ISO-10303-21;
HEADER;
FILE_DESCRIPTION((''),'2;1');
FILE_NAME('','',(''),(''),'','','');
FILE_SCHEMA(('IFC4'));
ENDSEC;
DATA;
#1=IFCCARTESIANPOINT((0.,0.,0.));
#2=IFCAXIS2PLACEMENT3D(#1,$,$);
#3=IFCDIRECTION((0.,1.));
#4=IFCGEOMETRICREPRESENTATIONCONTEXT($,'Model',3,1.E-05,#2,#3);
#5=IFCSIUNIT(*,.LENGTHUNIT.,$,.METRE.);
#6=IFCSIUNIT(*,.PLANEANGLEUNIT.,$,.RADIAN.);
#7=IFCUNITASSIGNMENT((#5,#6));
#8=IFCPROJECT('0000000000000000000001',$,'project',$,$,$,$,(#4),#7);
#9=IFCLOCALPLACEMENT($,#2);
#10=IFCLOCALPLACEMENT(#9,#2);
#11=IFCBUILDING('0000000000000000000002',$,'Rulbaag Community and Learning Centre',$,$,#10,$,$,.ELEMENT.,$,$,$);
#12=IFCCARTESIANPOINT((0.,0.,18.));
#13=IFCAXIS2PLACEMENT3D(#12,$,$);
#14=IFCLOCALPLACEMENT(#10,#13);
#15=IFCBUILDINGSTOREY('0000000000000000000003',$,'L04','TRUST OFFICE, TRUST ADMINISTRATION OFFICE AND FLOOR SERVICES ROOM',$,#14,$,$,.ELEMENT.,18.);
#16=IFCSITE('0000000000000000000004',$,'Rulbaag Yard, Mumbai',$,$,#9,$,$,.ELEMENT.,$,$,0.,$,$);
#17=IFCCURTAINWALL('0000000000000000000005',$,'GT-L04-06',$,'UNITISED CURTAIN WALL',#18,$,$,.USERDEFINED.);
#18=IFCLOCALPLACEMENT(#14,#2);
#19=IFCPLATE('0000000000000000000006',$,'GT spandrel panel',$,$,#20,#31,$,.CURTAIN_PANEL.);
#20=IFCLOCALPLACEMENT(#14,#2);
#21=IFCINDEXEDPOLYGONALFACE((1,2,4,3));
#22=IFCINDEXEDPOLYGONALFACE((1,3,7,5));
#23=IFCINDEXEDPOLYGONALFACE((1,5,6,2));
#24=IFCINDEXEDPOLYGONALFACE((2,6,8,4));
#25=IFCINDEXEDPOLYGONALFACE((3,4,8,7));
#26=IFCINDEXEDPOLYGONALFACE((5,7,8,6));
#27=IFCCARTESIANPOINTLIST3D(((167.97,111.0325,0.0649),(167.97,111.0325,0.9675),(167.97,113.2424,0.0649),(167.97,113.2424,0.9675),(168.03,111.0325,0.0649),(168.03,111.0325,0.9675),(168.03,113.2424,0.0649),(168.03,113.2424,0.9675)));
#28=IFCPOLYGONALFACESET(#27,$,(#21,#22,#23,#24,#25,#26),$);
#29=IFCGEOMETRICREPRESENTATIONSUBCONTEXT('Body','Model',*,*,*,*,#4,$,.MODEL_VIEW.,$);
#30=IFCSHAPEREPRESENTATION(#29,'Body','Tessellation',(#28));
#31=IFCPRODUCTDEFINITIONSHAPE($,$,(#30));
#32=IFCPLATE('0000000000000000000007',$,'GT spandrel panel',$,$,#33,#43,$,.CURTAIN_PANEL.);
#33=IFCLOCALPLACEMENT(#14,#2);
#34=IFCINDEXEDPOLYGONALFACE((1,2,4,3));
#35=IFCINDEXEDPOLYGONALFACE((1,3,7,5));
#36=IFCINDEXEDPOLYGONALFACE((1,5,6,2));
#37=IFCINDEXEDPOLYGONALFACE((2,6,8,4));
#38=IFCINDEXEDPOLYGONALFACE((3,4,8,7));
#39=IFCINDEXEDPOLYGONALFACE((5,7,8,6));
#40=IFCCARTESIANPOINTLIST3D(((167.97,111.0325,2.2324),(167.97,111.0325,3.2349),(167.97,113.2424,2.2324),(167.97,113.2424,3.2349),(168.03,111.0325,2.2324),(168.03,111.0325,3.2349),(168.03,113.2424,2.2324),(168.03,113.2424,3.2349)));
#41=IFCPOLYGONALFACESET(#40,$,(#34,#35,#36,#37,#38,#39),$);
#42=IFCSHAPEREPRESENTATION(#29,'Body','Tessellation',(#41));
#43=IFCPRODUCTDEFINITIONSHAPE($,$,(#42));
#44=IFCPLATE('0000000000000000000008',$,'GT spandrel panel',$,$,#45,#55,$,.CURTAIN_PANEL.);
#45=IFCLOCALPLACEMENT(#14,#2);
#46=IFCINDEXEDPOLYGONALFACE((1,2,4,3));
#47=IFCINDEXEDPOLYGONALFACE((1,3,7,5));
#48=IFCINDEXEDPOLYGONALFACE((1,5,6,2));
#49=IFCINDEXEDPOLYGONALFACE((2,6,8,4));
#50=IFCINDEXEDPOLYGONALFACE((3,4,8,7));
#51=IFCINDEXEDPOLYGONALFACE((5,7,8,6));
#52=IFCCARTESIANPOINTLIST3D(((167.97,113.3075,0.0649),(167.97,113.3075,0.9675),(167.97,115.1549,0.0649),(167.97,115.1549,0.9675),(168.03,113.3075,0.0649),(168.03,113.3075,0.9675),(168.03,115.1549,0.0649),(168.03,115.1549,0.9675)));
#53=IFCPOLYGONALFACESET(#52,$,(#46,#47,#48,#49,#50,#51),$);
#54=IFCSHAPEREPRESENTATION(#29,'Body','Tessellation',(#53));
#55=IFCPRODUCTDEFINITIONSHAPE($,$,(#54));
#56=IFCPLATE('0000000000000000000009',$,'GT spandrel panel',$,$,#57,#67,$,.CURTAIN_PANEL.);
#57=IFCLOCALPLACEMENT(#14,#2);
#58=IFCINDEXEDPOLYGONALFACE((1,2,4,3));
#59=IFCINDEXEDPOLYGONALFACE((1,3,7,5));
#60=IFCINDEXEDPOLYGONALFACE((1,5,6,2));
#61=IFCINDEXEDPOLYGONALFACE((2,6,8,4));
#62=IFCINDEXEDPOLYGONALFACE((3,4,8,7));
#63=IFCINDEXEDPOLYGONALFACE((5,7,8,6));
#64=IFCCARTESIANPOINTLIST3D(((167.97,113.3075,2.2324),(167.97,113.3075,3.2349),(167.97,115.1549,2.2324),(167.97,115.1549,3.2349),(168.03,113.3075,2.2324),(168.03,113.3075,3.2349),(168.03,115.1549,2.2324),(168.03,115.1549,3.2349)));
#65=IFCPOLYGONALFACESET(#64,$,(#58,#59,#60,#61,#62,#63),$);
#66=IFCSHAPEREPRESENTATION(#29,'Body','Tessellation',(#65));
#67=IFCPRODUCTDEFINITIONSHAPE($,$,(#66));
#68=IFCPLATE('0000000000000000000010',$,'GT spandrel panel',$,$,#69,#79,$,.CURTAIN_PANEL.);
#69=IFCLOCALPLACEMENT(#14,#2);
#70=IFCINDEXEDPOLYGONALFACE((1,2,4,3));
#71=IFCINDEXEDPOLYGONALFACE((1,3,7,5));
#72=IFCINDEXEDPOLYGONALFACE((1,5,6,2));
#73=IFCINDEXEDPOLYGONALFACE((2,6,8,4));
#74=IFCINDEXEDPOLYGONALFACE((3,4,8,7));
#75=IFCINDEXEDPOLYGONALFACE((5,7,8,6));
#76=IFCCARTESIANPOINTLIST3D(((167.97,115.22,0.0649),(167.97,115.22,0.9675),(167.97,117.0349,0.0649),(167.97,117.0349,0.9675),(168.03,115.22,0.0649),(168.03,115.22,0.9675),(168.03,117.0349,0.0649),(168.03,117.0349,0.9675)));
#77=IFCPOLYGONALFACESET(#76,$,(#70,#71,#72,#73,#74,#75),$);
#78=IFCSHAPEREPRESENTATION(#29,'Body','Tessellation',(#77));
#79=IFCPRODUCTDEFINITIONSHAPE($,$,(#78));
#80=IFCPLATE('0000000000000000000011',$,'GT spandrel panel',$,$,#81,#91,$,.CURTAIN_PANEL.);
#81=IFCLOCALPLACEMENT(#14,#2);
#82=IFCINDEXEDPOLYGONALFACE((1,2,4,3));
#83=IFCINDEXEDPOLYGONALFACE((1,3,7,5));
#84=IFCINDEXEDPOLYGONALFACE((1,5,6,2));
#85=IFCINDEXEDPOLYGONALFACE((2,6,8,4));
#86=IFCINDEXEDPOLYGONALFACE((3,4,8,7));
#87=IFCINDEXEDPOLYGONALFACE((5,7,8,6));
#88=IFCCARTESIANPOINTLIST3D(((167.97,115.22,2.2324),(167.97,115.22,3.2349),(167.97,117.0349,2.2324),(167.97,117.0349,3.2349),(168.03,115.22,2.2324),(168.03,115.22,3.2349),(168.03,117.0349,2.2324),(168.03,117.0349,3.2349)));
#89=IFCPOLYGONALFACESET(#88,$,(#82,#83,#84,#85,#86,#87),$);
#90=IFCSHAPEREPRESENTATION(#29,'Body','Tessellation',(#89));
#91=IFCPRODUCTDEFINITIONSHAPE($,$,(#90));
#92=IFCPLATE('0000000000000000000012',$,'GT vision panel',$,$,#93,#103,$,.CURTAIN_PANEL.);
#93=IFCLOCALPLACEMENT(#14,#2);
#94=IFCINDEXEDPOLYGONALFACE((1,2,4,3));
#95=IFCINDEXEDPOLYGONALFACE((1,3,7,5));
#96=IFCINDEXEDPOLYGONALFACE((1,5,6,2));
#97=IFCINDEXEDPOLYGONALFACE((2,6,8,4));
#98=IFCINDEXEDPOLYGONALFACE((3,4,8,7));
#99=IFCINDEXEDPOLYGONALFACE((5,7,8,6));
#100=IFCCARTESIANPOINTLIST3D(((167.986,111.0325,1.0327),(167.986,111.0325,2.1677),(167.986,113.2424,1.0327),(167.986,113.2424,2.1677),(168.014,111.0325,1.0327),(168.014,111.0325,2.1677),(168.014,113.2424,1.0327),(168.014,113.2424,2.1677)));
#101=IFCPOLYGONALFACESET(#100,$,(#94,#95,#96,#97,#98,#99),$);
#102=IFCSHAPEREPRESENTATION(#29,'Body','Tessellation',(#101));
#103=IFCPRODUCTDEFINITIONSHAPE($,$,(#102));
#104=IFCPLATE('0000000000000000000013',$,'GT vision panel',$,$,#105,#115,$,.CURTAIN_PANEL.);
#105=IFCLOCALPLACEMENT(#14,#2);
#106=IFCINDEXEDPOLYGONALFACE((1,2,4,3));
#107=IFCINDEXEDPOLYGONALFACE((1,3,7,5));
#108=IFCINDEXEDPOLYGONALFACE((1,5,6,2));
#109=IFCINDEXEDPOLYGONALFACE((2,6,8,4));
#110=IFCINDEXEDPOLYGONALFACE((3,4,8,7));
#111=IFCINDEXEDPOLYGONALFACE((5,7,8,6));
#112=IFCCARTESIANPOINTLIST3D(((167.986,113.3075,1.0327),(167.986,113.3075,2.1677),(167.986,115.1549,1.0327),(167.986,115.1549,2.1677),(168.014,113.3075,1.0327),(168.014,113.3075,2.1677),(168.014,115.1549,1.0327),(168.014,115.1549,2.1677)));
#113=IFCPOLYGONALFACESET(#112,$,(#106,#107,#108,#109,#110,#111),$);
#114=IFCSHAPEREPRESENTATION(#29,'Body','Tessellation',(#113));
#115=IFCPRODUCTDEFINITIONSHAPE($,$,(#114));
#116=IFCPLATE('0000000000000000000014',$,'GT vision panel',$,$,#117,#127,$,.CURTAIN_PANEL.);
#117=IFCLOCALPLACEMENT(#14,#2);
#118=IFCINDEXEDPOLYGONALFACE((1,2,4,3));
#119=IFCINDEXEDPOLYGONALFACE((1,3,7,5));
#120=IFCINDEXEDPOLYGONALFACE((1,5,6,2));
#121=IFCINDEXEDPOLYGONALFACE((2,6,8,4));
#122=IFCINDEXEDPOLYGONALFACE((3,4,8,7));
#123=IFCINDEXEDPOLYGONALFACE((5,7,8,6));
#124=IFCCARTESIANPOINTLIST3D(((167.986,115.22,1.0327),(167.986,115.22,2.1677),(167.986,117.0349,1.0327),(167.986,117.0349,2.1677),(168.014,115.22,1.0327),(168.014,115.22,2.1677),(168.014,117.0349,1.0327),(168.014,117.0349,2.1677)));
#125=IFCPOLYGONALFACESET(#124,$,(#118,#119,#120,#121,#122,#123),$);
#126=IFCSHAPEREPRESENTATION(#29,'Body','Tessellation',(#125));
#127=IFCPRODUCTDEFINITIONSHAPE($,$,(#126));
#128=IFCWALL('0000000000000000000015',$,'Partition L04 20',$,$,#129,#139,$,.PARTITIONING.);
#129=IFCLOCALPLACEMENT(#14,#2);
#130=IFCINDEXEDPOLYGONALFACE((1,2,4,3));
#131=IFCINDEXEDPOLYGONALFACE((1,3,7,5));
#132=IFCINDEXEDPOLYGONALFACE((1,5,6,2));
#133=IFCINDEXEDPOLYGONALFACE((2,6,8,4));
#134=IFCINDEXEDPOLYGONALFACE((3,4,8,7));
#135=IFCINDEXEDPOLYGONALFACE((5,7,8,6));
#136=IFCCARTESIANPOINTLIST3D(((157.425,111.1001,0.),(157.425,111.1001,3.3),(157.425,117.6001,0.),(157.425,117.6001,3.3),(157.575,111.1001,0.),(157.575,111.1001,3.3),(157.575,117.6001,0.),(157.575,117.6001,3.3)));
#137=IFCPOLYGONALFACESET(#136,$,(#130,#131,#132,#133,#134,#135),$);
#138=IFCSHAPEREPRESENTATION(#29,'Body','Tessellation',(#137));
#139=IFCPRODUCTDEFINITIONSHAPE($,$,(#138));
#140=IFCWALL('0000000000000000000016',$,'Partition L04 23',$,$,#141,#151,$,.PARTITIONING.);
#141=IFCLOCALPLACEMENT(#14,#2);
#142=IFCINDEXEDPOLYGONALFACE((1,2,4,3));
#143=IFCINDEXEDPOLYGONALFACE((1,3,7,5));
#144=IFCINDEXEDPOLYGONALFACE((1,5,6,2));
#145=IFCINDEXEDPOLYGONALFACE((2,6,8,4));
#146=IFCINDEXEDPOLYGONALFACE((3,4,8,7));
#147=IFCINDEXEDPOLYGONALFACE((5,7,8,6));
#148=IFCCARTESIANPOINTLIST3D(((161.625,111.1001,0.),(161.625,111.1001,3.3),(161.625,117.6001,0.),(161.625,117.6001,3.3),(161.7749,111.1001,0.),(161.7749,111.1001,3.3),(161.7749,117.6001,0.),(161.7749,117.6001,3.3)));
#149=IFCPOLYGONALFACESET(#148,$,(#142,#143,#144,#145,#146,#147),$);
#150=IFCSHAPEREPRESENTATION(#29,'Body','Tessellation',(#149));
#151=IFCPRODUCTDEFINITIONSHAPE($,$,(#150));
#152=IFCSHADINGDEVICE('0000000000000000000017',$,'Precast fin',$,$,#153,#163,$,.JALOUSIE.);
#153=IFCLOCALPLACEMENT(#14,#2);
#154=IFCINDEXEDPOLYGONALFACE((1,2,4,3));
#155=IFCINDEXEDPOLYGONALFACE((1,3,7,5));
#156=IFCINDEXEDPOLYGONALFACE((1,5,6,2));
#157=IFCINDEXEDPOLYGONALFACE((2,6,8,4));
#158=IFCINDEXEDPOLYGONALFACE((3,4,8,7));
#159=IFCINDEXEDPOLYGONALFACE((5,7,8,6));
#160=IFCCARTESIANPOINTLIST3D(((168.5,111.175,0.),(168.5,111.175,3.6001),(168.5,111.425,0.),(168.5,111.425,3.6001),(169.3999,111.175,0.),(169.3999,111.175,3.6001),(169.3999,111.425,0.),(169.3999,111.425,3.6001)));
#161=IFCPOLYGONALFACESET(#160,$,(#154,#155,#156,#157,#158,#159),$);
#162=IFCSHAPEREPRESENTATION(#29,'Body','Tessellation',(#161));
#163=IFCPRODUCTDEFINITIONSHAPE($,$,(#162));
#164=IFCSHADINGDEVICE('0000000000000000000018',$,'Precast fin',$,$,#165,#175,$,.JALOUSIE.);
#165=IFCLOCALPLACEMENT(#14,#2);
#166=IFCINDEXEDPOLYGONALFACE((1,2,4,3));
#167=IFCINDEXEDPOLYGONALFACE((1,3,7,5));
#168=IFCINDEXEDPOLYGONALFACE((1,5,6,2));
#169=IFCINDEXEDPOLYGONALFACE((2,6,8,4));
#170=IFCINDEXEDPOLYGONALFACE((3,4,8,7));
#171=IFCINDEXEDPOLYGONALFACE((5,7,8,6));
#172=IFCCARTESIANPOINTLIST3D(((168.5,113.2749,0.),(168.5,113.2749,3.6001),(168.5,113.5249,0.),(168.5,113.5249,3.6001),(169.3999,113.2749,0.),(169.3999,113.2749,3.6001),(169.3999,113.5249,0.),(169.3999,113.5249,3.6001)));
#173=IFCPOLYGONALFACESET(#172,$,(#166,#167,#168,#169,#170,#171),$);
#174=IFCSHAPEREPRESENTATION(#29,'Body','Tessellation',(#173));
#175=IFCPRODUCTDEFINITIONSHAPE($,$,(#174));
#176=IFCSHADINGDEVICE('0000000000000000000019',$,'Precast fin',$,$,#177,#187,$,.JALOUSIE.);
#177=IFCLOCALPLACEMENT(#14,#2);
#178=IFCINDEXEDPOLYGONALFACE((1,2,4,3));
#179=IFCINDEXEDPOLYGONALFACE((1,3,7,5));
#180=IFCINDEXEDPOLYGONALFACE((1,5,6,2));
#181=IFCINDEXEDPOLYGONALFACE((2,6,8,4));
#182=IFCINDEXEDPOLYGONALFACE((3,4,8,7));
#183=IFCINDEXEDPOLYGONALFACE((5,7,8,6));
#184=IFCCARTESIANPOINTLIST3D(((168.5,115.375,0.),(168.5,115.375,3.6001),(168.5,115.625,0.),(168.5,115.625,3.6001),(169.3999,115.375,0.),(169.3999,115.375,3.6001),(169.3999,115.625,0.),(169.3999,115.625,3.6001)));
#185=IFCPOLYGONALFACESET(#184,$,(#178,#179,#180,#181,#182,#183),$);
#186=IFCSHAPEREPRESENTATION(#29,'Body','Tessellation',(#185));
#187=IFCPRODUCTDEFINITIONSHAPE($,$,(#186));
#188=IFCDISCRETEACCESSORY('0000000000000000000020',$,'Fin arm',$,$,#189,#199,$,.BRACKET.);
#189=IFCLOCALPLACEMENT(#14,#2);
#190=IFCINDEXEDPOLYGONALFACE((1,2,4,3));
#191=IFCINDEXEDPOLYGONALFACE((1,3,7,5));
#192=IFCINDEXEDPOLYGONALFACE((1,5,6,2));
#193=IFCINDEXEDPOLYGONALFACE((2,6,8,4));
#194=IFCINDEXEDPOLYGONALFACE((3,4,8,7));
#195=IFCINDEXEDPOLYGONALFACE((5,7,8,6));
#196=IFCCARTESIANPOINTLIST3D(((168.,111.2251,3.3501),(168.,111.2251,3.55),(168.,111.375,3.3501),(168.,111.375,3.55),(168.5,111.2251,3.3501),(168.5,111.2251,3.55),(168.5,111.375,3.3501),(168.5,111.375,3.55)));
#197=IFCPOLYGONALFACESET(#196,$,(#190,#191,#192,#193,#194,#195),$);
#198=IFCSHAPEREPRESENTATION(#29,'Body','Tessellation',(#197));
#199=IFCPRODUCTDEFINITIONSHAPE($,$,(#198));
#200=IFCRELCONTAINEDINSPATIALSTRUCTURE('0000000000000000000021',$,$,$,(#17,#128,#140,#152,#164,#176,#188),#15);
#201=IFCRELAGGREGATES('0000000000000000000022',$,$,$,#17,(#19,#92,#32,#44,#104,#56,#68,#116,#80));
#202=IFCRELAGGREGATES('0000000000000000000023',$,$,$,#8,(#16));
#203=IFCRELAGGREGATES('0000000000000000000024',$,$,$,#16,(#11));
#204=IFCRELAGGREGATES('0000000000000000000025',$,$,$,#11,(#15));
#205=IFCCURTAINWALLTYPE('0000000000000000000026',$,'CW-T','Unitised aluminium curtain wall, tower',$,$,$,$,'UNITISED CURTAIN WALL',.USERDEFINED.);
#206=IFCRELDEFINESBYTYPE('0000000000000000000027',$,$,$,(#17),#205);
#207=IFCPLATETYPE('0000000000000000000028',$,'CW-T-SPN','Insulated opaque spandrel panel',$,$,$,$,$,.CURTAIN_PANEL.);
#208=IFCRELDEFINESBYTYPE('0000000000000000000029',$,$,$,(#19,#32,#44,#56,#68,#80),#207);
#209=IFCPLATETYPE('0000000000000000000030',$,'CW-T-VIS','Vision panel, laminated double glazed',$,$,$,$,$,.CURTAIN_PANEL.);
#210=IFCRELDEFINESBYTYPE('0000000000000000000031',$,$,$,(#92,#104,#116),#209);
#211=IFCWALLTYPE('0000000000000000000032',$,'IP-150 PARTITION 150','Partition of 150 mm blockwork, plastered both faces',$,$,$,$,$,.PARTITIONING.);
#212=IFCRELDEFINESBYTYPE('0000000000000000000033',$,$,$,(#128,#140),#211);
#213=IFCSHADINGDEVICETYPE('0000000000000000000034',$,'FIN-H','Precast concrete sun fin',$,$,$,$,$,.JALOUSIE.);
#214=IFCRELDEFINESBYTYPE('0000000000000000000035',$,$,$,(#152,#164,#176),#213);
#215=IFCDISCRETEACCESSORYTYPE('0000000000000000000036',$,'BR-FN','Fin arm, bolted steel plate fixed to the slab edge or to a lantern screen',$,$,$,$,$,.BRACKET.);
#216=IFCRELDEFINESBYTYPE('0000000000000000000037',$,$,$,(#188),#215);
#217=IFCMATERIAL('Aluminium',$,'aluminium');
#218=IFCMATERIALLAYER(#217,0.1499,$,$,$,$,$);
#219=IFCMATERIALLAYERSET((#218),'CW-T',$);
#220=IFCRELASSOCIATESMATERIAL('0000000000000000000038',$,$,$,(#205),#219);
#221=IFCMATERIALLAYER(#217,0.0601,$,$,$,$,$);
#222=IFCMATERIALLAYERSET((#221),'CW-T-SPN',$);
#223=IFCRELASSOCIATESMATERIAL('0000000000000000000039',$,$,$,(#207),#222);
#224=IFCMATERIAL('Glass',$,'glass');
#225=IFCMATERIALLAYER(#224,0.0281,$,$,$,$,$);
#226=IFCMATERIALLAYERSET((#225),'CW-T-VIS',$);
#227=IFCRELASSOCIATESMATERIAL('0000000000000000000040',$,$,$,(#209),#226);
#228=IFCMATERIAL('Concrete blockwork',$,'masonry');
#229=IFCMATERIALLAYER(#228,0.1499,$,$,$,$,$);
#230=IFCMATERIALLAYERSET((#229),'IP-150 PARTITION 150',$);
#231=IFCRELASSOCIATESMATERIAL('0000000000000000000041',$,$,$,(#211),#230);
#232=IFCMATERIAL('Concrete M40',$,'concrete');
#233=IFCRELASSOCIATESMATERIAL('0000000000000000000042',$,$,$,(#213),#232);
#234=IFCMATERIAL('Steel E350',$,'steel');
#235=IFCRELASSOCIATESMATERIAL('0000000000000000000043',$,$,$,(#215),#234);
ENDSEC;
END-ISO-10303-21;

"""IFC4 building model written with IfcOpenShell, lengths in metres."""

from ifc_helpers import new_model, si_unit, direction, frame, frame_2d, origin, origin_2d, place, context, subcontext, project, spatial, rectangle, extrude, material, layer, layer_set, material_profile, profile_set, type_object, element, aggregate, save


model = new_model("IFC4")

# Units and contexts
model_context = context("Model", 3, precision=1e-05, world=origin(), true_north=direction((0.0, 1.0)))
body_context = subcontext(model_context, "Body", "Model", "MODEL_VIEW")
ifc_project = project(units=[si_unit("LENGTHUNIT", "METRE"), si_unit("PLANEANGLEUNIT", "RADIAN")], contexts=[model_context])

# Site, building, storey
site_placement = place(None, origin())
site = spatial("IfcSite", under=ifc_project, at=site_placement, Name="Rulbaag Yard, Mumbai", CompositionType="ELEMENT", RefElevation=0.0)
building_placement = place(site_placement, origin())
building = spatial("IfcBuilding", under=site, at=building_placement, Name="Rulbaag Community and Learning Centre", CompositionType="ELEMENT")
storey_placement = place(building_placement, frame((0.0, 0.0, 18.0)))
storey = spatial("IfcBuildingStorey", under=building, at=storey_placement, Name="L04", Description="TRUST OFFICE, TRUST ADMINISTRATION OFFICE AND FLOOR SERVICES ROOM", CompositionType="ELEMENT", Elevation=18.0)

# Curtain wall, plates
ifc_material_1 = material(Name="Aluminium", Category="aluminium")
ifc_layer_1 = layer(ifc_material_1, 0.1499)
ifc_layer_set_1 = layer_set([ifc_layer_1], Name="CW-T")
curtain_wall_type = type_object("IfcCurtainWallType", Name="CW-T", Description="Unitised aluminium curtain wall, tower", ElementType="UNITISED CURTAIN WALL", PredefinedType="USERDEFINED", material=ifc_layer_set_1)
curtain_wall_placement = place(storey_placement, origin())
curtain_wall = element("IfcCurtainWall", 1, at=curtain_wall_placement, inside=storey, type_object=curtain_wall_type, Name="GT-L04-06", ObjectType="UNITISED CURTAIN WALL", PredefinedType="USERDEFINED")
ifc_layer_2 = layer(ifc_material_1, 0.0601)
ifc_layer_set_2 = layer_set([ifc_layer_2], Name="CW-T-SPN")
plate_type_1 = type_object("IfcPlateType", Name="CW-T-SPN", Description="Insulated opaque spandrel panel", PredefinedType="CURTAIN_PANEL", material=ifc_layer_set_2)
plate_1_placement = place(storey_placement, frame((168.0, 112.1375, 0.0649), z_axis=(0.0, 0.0, 1.0), x_axis=(0.0, 1.0, 0.0)))
plate_1 = element("IfcPlate", 2, at=plate_1_placement, type_object=plate_type_1, Name="GT spandrel panel", PredefinedType="CURTAIN_PANEL", context=body_context, shape_type="SweptSolid", body=[
    extrude(rectangle(XDim=2.21, YDim=0.0601, at=origin_2d()), origin(), (0.0, 0.0, 1.0), 0.9026),
])
plate_2_placement = place(storey_placement, frame((168.0, 112.1375, 2.2324), z_axis=(0.0, 0.0, 1.0), x_axis=(0.0, 1.0, 0.0)))
plate_2 = element("IfcPlate", 3, at=plate_2_placement, type_object=plate_type_1, Name="GT spandrel panel", PredefinedType="CURTAIN_PANEL", context=body_context, shape_type="SweptSolid", body=[
    extrude(rectangle(XDim=2.21, YDim=0.0601, at=origin_2d()), origin(), (0.0, 0.0, 1.0), 1.0024),
])
plate_3_placement = place(storey_placement, frame((168.0, 114.2312, 0.0649), z_axis=(0.0, 0.0, 1.0), x_axis=(0.0, 1.0, 0.0)))
plate_3 = element("IfcPlate", 4, at=plate_3_placement, type_object=plate_type_1, Name="GT spandrel panel", PredefinedType="CURTAIN_PANEL", context=body_context, shape_type="SweptSolid", body=[
    extrude(rectangle(XDim=1.8474, YDim=0.0601, at=origin_2d()), origin(), (0.0, 0.0, 1.0), 0.9026),
])
plate_4_placement = place(storey_placement, frame((168.0, 114.2312, 2.2324), z_axis=(0.0, 0.0, 1.0), x_axis=(0.0, 1.0, 0.0)))
plate_4 = element("IfcPlate", 5, at=plate_4_placement, type_object=plate_type_1, Name="GT spandrel panel", PredefinedType="CURTAIN_PANEL", context=body_context, shape_type="SweptSolid", body=[
    extrude(rectangle(XDim=1.8474, YDim=0.0601, at=origin_2d()), origin(), (0.0, 0.0, 1.0), 1.0024),
])
plate_5_placement = place(storey_placement, frame((168.0, 116.1274, 0.0649), z_axis=(0.0, 0.0, 1.0), x_axis=(0.0, 1.0, 0.0)))
plate_5 = element("IfcPlate", 6, at=plate_5_placement, type_object=plate_type_1, Name="GT spandrel panel", PredefinedType="CURTAIN_PANEL", context=body_context, shape_type="SweptSolid", body=[
    extrude(rectangle(XDim=1.8149, YDim=0.0601, at=origin_2d()), origin(), (0.0, 0.0, 1.0), 0.9026),
])
plate_6_placement = place(storey_placement, frame((168.0, 116.1274, 2.2324), z_axis=(0.0, 0.0, 1.0), x_axis=(0.0, 1.0, 0.0)))
plate_6 = element("IfcPlate", 7, at=plate_6_placement, type_object=plate_type_1, Name="GT spandrel panel", PredefinedType="CURTAIN_PANEL", context=body_context, shape_type="SweptSolid", body=[
    extrude(rectangle(XDim=1.8149, YDim=0.0601, at=origin_2d()), origin(), (0.0, 0.0, 1.0), 1.0024),
])
ifc_material_2 = material(Name="Glass", Category="glass")
ifc_layer_3 = layer(ifc_material_2, 0.0281)
ifc_layer_set_3 = layer_set([ifc_layer_3], Name="CW-T-VIS")
plate_type_2 = type_object("IfcPlateType", Name="CW-T-VIS", Description="Vision panel, laminated double glazed", PredefinedType="CURTAIN_PANEL", material=ifc_layer_set_3)
plate_7_placement = place(storey_placement, frame((168.0, 112.1375, 1.0327), z_axis=(0.0, 0.0, 1.0), x_axis=(0.0, 1.0, 0.0)))
plate_7 = element("IfcPlate", 8, at=plate_7_placement, type_object=plate_type_2, Name="GT vision panel", PredefinedType="CURTAIN_PANEL", context=body_context, shape_type="SweptSolid", body=[
    extrude(rectangle(XDim=2.21, YDim=0.0281, at=origin_2d()), origin(), (0.0, 0.0, 1.0), 1.135),
])
plate_8_placement = place(storey_placement, frame((168.0, 114.2312, 1.0327), z_axis=(0.0, 0.0, 1.0), x_axis=(0.0, 1.0, 0.0)))
plate_8 = element("IfcPlate", 9, at=plate_8_placement, type_object=plate_type_2, Name="GT vision panel", PredefinedType="CURTAIN_PANEL", context=body_context, shape_type="SweptSolid", body=[
    extrude(rectangle(XDim=1.8474, YDim=0.0281, at=origin_2d()), origin(), (0.0, 0.0, 1.0), 1.135),
])
plate_9_placement = place(storey_placement, frame((168.0, 116.1274, 1.0327), z_axis=(0.0, 0.0, 1.0), x_axis=(0.0, 1.0, 0.0)))
plate_9 = element("IfcPlate", 10, at=plate_9_placement, type_object=plate_type_2, Name="GT vision panel", PredefinedType="CURTAIN_PANEL", context=body_context, shape_type="SweptSolid", body=[
    extrude(rectangle(XDim=1.8149, YDim=0.0281, at=origin_2d()), origin(), (0.0, 0.0, 1.0), 1.135),
])
aggregate(curtain_wall, [plate_1, plate_7, plate_2, plate_3, plate_8, plate_4, plate_5, plate_9, plate_6])

# Walls
ifc_material_3 = material(Name="Concrete blockwork", Category="masonry")
ifc_layer_4 = layer(ifc_material_3, 0.1499)
ifc_layer_set_4 = layer_set([ifc_layer_4], Name="IP-150 PARTITION 150")
wall_type = type_object("IfcWallType", Name="IP-150 PARTITION 150", Description="Partition of 150 mm blockwork, plastered both faces", PredefinedType="PARTITIONING", material=ifc_layer_set_4)
for number, where, z_axis, x_axis, name in (
    (11, (157.5, 111.1001, 0.0), (0.0, 0.0, 1.0), (0.0, 1.0, 0.0), "Partition L04 20"),
    (12, (161.7, 111.1001, 0.0), (0.0, 0.0, 1.0), (0.0, 1.0, 0.0), "Partition L04 23"),
):
    element("IfcWall", number, at=place(storey_placement, frame(where, z_axis=z_axis, x_axis=x_axis)), inside=storey, type_object=wall_type, Name=name, PredefinedType="PARTITIONING", context=body_context, shape_type="SweptSolid", body=[
        extrude(rectangle(XDim=6.5, YDim=0.1499, at=frame_2d((3.25, 0.0))), origin(), (0.0, 0.0, 1.0), 3.3),
    ])

# Shading devices
ifc_material_4 = material(Name="Concrete M40", Category="concrete")
ifc_material_profile_1 = material_profile(ifc_material_4, rectangle(XDim=0.25, YDim=0.8999, at=origin_2d()), Name="PC 250x900")
ifc_profile_set_1 = profile_set([ifc_material_profile_1], Name="Concrete M40")
shading_device_type = type_object("IfcShadingDeviceType", Name="FIN-H", Description="Precast concrete sun fin", PredefinedType="JALOUSIE", material=ifc_profile_set_1)
for number, where, z_axis, x_axis, name in (
    (13, (168.95, 111.3, 0.0), (0.0, 0.0, 1.0), (0.0, 1.0, 0.0), "Precast fin"),
    (14, (168.95, 113.3999, 0.0), (0.0, 0.0, 1.0), (0.0, 1.0, 0.0), "Precast fin"),
    (15, (168.95, 115.5, 0.0), (0.0, 0.0, 1.0), (0.0, 1.0, 0.0), "Precast fin"),
):
    element("IfcShadingDevice", number, at=place(storey_placement, frame(where, z_axis=z_axis, x_axis=x_axis)), inside=storey, type_object=shading_device_type, Name=name, PredefinedType="JALOUSIE", context=body_context, shape_type="SweptSolid", body=[
        extrude(rectangle(XDim=0.25, YDim=0.8999, at=origin_2d()), origin(), (0.0, 0.0, 1.0), 3.6001),
    ])

# Discrete accessory
ifc_material_5 = material(Name="Steel E350", Category="steel")
discrete_accessory_type = type_object("IfcDiscreteAccessoryType", Name="BR-FN", Description="Fin arm, bolted steel plate fixed to the slab edge or to a lantern screen", PredefinedType="BRACKET", material=ifc_material_5)
for number, where, z_axis, x_axis, name in (
    (16, (168.25, 111.3, 3.3501), (0.0, 0.0, 1.0), (1.0, 0.0, 0.0), "Fin arm"),
):
    element("IfcDiscreteAccessory", number, at=place(storey_placement, frame(where, z_axis=z_axis, x_axis=x_axis)), inside=storey, type_object=discrete_accessory_type, Name=name, PredefinedType="BRACKET", context=body_context, shape_type="SweptSolid", body=[
        extrude(rectangle(XDim=0.5, YDim=0.1499, at=origin_2d()), origin(), (0.0, 0.0, 1.0), 0.2),
    ])

save(model, "model.ifc")
